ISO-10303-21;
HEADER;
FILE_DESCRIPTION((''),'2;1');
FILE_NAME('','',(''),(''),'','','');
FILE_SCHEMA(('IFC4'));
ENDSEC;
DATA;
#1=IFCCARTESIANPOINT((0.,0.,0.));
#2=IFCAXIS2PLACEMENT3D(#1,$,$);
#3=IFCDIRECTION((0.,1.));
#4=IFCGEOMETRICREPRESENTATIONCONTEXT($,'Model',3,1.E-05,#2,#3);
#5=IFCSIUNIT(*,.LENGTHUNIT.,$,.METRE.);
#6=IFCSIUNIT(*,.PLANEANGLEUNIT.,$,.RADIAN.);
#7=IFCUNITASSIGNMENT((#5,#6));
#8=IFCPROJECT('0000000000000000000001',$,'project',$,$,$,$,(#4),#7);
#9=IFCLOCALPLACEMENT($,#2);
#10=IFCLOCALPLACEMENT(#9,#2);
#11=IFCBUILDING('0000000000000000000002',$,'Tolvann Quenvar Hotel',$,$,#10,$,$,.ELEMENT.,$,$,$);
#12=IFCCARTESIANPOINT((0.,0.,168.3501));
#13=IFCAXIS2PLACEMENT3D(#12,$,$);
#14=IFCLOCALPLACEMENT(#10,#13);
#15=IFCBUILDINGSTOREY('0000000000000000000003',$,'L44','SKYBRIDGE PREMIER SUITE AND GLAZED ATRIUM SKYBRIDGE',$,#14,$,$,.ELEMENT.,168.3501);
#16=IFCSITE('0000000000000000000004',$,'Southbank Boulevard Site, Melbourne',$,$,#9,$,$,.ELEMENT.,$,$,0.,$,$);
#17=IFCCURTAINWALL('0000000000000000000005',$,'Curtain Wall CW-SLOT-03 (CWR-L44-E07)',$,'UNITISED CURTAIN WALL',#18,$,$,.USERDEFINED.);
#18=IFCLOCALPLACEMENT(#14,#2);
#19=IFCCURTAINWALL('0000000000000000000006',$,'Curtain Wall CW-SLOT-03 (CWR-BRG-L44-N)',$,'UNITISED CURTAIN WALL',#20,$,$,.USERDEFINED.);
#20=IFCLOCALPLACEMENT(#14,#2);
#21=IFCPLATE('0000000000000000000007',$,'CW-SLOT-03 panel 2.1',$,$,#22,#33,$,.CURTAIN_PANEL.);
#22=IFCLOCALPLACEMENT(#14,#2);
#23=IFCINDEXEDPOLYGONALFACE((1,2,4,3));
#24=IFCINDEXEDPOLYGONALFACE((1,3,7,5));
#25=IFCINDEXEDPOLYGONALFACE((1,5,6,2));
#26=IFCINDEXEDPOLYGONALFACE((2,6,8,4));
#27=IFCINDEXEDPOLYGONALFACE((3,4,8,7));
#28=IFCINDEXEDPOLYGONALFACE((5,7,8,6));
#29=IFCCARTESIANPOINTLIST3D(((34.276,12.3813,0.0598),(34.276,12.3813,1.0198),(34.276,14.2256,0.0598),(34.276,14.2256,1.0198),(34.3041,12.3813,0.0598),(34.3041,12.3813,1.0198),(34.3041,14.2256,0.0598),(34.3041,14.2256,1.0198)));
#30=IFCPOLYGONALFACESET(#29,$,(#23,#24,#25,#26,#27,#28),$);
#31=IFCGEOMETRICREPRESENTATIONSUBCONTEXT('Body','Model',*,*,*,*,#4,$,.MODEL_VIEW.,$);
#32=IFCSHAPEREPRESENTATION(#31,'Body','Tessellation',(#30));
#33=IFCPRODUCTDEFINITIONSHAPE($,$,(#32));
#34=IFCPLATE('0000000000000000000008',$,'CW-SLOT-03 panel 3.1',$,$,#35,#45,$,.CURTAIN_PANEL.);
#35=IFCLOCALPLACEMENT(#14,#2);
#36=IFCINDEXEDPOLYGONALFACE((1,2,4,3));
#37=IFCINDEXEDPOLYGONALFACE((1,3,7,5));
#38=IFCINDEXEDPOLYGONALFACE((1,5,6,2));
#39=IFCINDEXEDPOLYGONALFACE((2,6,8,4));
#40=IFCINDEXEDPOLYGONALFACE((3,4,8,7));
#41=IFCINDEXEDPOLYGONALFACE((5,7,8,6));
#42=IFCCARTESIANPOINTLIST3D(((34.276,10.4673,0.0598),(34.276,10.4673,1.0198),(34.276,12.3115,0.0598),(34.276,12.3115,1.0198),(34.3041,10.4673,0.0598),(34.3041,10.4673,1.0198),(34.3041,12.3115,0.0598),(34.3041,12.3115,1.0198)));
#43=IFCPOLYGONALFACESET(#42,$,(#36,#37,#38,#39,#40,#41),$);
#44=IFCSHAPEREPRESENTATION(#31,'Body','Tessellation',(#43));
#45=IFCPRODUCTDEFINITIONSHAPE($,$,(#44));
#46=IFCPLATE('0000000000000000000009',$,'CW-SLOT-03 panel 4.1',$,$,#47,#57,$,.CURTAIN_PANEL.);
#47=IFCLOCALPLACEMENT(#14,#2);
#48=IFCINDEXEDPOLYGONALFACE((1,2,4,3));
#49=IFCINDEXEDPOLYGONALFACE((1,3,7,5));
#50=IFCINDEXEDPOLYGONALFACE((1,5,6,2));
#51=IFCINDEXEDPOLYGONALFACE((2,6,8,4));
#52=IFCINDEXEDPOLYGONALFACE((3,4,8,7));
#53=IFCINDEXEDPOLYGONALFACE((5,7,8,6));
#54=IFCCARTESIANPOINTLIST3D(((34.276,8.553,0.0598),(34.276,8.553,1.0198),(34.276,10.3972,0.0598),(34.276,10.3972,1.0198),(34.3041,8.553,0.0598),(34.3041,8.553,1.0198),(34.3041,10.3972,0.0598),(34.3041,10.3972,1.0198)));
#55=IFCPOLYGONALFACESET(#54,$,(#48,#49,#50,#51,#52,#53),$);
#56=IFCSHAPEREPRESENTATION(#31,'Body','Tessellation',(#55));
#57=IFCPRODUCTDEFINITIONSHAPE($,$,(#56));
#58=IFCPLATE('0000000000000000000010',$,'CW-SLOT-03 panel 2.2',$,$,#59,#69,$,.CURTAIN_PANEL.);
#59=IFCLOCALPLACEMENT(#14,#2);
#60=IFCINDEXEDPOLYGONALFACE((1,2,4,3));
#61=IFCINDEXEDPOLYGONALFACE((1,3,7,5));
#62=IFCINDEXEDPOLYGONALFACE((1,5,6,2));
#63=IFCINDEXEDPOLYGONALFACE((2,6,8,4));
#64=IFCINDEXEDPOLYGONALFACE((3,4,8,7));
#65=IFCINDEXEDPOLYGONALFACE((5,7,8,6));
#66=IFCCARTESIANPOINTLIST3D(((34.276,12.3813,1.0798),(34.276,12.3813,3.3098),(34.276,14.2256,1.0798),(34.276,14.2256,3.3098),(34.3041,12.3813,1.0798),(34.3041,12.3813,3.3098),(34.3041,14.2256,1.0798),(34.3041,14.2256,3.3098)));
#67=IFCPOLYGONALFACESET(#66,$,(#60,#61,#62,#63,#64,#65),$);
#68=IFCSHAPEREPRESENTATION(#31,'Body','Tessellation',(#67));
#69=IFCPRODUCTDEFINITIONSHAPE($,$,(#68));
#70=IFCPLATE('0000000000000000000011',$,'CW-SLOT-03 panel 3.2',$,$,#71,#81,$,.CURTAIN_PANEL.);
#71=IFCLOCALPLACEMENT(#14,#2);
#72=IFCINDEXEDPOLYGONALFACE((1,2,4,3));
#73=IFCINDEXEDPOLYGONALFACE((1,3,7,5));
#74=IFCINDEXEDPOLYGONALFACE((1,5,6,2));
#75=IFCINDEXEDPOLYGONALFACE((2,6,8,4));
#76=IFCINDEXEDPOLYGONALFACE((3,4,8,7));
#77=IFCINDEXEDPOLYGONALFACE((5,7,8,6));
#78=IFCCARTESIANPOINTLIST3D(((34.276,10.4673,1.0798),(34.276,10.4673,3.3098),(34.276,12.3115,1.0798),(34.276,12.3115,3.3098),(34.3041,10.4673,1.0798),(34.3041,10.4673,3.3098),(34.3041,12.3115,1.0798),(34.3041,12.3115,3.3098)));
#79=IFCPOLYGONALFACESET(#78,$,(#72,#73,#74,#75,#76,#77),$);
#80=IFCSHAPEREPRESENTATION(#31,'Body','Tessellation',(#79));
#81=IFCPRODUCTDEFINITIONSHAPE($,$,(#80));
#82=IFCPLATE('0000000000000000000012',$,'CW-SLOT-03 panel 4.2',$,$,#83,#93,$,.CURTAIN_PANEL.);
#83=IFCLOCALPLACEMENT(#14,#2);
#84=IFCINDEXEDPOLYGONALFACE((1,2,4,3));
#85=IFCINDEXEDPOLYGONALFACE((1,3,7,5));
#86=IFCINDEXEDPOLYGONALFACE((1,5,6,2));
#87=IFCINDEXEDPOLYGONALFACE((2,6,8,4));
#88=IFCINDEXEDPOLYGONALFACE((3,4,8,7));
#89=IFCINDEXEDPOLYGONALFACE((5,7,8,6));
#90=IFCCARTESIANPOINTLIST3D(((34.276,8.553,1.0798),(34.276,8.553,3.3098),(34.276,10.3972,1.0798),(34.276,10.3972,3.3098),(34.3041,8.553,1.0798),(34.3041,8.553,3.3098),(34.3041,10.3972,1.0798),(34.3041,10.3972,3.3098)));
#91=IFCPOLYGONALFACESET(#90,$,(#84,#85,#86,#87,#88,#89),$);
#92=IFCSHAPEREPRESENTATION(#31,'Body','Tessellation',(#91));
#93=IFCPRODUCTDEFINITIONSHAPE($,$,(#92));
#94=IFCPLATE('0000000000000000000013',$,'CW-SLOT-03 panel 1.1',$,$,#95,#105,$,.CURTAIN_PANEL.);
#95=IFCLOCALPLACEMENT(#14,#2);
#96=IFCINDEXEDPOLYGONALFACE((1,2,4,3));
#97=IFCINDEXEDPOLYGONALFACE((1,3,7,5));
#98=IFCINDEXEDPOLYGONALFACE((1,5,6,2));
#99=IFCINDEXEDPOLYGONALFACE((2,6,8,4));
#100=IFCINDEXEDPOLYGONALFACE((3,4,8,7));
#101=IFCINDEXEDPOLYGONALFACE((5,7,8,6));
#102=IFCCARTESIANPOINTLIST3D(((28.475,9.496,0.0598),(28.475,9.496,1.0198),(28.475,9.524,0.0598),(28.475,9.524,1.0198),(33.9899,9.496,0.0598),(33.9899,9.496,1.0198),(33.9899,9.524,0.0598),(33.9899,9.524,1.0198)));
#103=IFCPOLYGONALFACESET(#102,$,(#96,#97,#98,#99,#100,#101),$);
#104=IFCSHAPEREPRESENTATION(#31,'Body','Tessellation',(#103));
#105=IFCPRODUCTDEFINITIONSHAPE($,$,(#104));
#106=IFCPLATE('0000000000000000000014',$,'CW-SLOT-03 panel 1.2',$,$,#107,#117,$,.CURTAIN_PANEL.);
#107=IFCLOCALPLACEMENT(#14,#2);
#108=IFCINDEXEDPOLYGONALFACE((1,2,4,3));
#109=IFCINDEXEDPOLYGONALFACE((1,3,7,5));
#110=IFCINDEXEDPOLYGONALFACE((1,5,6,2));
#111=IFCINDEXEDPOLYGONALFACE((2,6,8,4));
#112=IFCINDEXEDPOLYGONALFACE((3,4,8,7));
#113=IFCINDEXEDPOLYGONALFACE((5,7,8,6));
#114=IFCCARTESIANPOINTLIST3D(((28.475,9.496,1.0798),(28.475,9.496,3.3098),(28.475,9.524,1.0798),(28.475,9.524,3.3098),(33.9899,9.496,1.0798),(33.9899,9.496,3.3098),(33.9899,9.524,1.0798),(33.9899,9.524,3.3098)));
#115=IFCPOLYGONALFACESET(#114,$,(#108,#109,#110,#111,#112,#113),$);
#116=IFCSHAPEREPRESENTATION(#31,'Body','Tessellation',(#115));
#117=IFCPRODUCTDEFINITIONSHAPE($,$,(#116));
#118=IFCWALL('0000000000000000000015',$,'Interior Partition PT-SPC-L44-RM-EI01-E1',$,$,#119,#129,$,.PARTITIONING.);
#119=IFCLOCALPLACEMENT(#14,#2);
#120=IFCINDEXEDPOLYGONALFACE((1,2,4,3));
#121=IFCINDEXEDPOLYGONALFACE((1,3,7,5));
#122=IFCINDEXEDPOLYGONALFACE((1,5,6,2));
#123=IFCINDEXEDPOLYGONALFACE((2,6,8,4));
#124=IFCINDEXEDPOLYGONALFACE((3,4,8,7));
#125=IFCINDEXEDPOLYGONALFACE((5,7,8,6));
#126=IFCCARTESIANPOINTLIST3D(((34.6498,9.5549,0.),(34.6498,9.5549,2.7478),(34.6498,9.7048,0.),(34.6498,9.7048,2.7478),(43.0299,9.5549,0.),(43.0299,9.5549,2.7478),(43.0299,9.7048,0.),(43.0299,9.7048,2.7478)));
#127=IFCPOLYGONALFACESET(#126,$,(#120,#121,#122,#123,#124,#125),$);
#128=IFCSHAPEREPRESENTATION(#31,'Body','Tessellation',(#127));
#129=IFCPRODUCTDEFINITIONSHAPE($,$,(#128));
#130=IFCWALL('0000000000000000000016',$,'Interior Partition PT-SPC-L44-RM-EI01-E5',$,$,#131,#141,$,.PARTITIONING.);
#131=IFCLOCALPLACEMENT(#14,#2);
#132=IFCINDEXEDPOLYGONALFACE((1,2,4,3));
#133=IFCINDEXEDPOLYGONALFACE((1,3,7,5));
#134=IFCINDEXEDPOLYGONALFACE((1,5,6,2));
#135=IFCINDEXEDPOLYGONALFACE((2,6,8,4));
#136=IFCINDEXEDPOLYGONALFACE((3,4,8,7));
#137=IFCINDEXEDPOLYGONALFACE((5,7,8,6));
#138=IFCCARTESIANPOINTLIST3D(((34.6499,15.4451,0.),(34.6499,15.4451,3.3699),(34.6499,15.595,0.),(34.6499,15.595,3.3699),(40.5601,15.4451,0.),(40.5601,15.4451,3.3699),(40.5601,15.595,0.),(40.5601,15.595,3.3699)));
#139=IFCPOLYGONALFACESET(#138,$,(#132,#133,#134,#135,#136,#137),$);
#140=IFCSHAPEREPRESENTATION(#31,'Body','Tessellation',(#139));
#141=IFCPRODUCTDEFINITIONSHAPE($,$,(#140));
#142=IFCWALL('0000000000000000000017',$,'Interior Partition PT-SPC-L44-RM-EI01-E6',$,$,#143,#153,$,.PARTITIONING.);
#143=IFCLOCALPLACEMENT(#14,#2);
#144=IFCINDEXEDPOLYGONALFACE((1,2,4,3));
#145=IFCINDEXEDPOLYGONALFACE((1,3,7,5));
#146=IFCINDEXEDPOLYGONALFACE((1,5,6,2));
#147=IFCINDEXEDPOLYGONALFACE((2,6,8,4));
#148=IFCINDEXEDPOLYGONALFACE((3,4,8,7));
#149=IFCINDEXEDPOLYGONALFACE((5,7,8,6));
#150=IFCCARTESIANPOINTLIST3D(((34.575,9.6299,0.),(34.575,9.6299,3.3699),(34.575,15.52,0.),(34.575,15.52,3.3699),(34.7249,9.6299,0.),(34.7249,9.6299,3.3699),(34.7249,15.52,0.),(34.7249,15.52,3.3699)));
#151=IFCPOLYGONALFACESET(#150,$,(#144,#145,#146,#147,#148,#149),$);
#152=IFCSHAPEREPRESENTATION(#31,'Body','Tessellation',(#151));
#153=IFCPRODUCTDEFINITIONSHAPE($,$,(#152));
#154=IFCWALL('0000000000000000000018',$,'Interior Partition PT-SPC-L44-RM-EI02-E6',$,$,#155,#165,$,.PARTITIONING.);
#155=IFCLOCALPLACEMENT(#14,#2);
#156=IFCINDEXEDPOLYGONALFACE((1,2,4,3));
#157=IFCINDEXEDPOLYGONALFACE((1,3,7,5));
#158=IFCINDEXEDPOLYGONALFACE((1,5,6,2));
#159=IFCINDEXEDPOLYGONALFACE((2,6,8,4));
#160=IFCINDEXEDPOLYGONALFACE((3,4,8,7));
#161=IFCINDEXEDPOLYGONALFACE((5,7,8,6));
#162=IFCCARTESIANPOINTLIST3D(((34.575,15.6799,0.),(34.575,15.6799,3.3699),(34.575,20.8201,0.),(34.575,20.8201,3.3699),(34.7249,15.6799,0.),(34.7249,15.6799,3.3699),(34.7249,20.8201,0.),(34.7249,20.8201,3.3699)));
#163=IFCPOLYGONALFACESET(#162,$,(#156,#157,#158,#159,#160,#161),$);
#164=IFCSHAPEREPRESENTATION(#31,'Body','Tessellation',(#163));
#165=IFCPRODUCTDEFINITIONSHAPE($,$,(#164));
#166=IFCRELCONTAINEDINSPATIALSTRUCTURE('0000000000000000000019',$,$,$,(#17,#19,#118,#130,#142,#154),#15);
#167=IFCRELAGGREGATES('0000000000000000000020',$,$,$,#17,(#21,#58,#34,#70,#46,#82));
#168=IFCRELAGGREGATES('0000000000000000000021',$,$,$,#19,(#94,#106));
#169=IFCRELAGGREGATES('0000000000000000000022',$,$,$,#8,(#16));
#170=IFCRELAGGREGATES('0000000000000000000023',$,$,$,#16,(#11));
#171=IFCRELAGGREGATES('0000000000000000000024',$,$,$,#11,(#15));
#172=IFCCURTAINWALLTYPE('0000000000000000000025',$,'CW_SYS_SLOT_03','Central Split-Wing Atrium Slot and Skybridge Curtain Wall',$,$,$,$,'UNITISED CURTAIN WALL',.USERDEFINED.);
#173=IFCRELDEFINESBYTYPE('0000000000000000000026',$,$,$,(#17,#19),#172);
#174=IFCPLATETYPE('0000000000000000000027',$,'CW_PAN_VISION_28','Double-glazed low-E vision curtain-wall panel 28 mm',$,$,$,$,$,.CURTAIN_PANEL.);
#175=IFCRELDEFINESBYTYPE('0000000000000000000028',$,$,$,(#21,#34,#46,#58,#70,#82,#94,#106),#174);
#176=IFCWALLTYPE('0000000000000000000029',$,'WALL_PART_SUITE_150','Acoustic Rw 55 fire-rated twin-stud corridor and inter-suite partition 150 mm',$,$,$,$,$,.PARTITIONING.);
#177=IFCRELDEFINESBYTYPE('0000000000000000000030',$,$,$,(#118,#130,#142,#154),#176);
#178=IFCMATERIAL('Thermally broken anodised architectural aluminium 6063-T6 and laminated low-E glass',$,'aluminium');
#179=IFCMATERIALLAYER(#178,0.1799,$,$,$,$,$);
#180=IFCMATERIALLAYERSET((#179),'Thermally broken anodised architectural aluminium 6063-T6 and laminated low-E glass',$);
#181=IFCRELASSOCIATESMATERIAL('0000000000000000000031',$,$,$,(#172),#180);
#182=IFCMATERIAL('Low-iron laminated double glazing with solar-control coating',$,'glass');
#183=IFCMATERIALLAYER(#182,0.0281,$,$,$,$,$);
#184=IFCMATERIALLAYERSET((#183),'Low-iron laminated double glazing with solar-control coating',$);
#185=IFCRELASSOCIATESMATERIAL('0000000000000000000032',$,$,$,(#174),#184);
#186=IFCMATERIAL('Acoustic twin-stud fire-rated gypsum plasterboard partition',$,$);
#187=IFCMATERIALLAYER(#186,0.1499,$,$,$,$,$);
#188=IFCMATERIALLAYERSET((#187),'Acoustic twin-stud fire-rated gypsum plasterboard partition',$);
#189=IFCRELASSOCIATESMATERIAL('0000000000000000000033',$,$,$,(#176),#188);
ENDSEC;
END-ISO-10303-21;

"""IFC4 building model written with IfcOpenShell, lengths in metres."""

from ifc_helpers import new_model, si_unit, direction, frame, frame_2d, origin, origin_2d, place, context, subcontext, project, spatial, rectangle, extrude, source, transform, mapped, material, layer, layer_set, type_object, element, aggregate, save


model = new_model("IFC4")

# Units and contexts
model_context = context("Model", 3, precision=1e-05, world=origin(), true_north=direction((0.0, 1.0)))
body_context = subcontext(model_context, "Body", "Model", "MODEL_VIEW")
ifc_project = project(units=[si_unit("LENGTHUNIT", "METRE"), si_unit("PLANEANGLEUNIT", "RADIAN")], contexts=[model_context])

# Site, building, storey
site_placement = place(None, origin())
site = spatial("IfcSite", under=ifc_project, at=site_placement, Name="Southbank Boulevard Site, Melbourne", CompositionType="ELEMENT", RefElevation=0.0)
building_placement = place(site_placement, origin())
building = spatial("IfcBuilding", under=site, at=building_placement, Name="Tolvann Quenvar Hotel", CompositionType="ELEMENT")
storey_placement = place(building_placement, frame((0.0, 0.0, 168.3501)))
storey = spatial("IfcBuildingStorey", under=building, at=storey_placement, Name="L44", Description="SKYBRIDGE PREMIER SUITE AND GLAZED ATRIUM SKYBRIDGE", CompositionType="ELEMENT", Elevation=168.3501)

# Curtain wall
ifc_material_1 = material(Name="Thermally broken anodised architectural aluminium 6063-T6 and laminated low-E glass", Category="aluminium")
ifc_layer_1 = layer(ifc_material_1, 0.1799)
ifc_layer_set_1 = layer_set([ifc_layer_1], Name="Thermally broken anodised architectural aluminium 6063-T6 and laminated low-E glass")
curtain_wall_type = type_object("IfcCurtainWallType", Name="CW_SYS_SLOT_03", Description="Central Split-Wing Atrium Slot and Skybridge Curtain Wall", ElementType="UNITISED CURTAIN WALL", PredefinedType="USERDEFINED", material=ifc_layer_set_1)
curtain_wall_1_placement = place(storey_placement, origin())
curtain_wall_1 = element("IfcCurtainWall", 1, at=curtain_wall_1_placement, inside=storey, type_object=curtain_wall_type, Name="Curtain Wall CW-SLOT-03 (CWR-L44-E07)", ObjectType="UNITISED CURTAIN WALL", PredefinedType="USERDEFINED")

# Curtain wall
curtain_wall_2_placement = place(storey_placement, origin())
curtain_wall_2 = element("IfcCurtainWall", 2, at=curtain_wall_2_placement, inside=storey, type_object=curtain_wall_type, Name="Curtain Wall CW-SLOT-03 (CWR-BRG-L44-N)", ObjectType="UNITISED CURTAIN WALL", PredefinedType="USERDEFINED")

# Plates
ifc_material_2 = material(Name="Low-iron laminated double glazing with solar-control coating", Category="glass")
ifc_layer_2 = layer(ifc_material_2, 0.0281)
ifc_layer_set_2 = layer_set([ifc_layer_2], Name="Low-iron laminated double glazing with solar-control coating")
plate_type_1 = type_object("IfcPlateType", Name="CW_PAN_VISION_28", Description="Double-glazed low-E vision curtain-wall panel 28 mm", PredefinedType="CURTAIN_PANEL", material=ifc_layer_set_2)
shared_shape_1 = source(origin(), body_context, "Body", "SweptSolid", [
    extrude(rectangle(XDim=1.8442, YDim=0.0281, at=origin_2d()), origin(), (0.0, 0.0, 1.0), 0.96),
])
plate_1_placement = place(storey_placement, frame((34.29, 13.3035, 0.0598), z_axis=(0.0, 0.0, 1.0), x_axis=(0.0, -1.0, 0.0)))
plate_1 = element("IfcPlate", 3, at=plate_1_placement, type_object=plate_type_1, Name="CW-SLOT-03 panel 2.1", PredefinedType="CURTAIN_PANEL", context=body_context, shape_type="MappedRepresentation", body=[
    mapped(shared_shape_1, transform((0.0, 0.0, 0.0), x_axis=(1.0, 0.0, 0.0), y_axis=(0.0, 1.0, 0.0), z_axis=(0.0, 0.0, 1.0), scale=1.0)),
])
plate_2_placement = place(storey_placement, frame((34.29, 11.3894, 0.0598), z_axis=(0.0, 0.0, 1.0), x_axis=(0.0, -1.0, 0.0)))
plate_2 = element("IfcPlate", 4, at=plate_2_placement, type_object=plate_type_1, Name="CW-SLOT-03 panel 3.1", PredefinedType="CURTAIN_PANEL", context=body_context, shape_type="MappedRepresentation", body=[
    mapped(shared_shape_1, transform((0.0, 0.0, 0.0), x_axis=(1.0, 0.0, 0.0), y_axis=(0.0, 1.0, 0.0), z_axis=(0.0, 0.0, 1.0), scale=1.0)),
])
plate_3_placement = place(storey_placement, frame((34.29, 9.4751, 0.0598), z_axis=(0.0, 0.0, 1.0), x_axis=(0.0, -1.0, 0.0)))
plate_3 = element("IfcPlate", 5, at=plate_3_placement, type_object=plate_type_1, Name="CW-SLOT-03 panel 4.1", PredefinedType="CURTAIN_PANEL", context=body_context, shape_type="MappedRepresentation", body=[
    mapped(shared_shape_1, transform((0.0, 0.0, 0.0), x_axis=(1.0, 0.0, 0.0), y_axis=(0.0, 1.0, 0.0), z_axis=(0.0, 0.0, 1.0), scale=1.0)),
])
shared_shape_2 = source(origin(), body_context, "Body", "SweptSolid", [
    extrude(rectangle(XDim=1.8442, YDim=0.0281, at=origin_2d()), origin(), (0.0, 0.0, 1.0), 2.23),
])
plate_4_placement = place(storey_placement, frame((34.29, 13.3035, 1.0798), z_axis=(0.0, 0.0, 1.0), x_axis=(0.0, -1.0, 0.0)))
plate_4 = element("IfcPlate", 6, at=plate_4_placement, type_object=plate_type_1, Name="CW-SLOT-03 panel 2.2", PredefinedType="CURTAIN_PANEL", context=body_context, shape_type="MappedRepresentation", body=[
    mapped(shared_shape_2, transform((0.0, 0.0, 0.0), x_axis=(1.0, 0.0, 0.0), y_axis=(0.0, 1.0, 0.0), z_axis=(0.0, 0.0, 1.0), scale=1.0)),
])
plate_5_placement = place(storey_placement, frame((34.29, 11.3894, 1.0798), z_axis=(0.0, 0.0, 1.0), x_axis=(0.0, -1.0, 0.0)))
plate_5 = element("IfcPlate", 7, at=plate_5_placement, type_object=plate_type_1, Name="CW-SLOT-03 panel 3.2", PredefinedType="CURTAIN_PANEL", context=body_context, shape_type="MappedRepresentation", body=[
    mapped(shared_shape_2, transform((0.0, 0.0, 0.0), x_axis=(1.0, 0.0, 0.0), y_axis=(0.0, 1.0, 0.0), z_axis=(0.0, 0.0, 1.0), scale=1.0)),
])
plate_6_placement = place(storey_placement, frame((34.29, 9.4751, 1.0798), z_axis=(0.0, 0.0, 1.0), x_axis=(0.0, -1.0, 0.0)))
plate_6 = element("IfcPlate", 8, at=plate_6_placement, type_object=plate_type_1, Name="CW-SLOT-03 panel 4.2", PredefinedType="CURTAIN_PANEL", context=body_context, shape_type="MappedRepresentation", body=[
    mapped(shared_shape_2, transform((0.0, 0.0, 0.0), x_axis=(1.0, 0.0, 0.0), y_axis=(0.0, 1.0, 0.0), z_axis=(0.0, 0.0, 1.0), scale=1.0)),
])
aggregate(curtain_wall_1, [plate_1, plate_4, plate_2, plate_5, plate_3, plate_6])
shared_shape_3 = source(origin(), body_context, "Body", "SweptSolid", [
    extrude(rectangle(XDim=5.5149, YDim=0.0281, at=origin_2d()), origin(), (0.0, 0.0, 1.0), 0.96),
])
plate_7_placement = place(storey_placement, frame((31.2324, 9.51, 0.0598), z_axis=(0.0, 0.0, 1.0), x_axis=(-1.0, 0.0, 0.0)))
plate_7 = element("IfcPlate", 9, at=plate_7_placement, type_object=plate_type_1, Name="CW-SLOT-03 panel 1.1", PredefinedType="CURTAIN_PANEL", context=body_context, shape_type="MappedRepresentation", body=[
    mapped(shared_shape_3, transform((0.0, 0.0, 0.0), x_axis=(1.0, 0.0, 0.0), y_axis=(0.0, 1.0, 0.0), z_axis=(0.0, 0.0, 1.0), scale=1.0)),
])
shared_shape_4 = source(origin(), body_context, "Body", "SweptSolid", [
    extrude(rectangle(XDim=5.5149, YDim=0.0281, at=origin_2d()), origin(), (0.0, 0.0, 1.0), 2.23),
])
plate_8_placement = place(storey_placement, frame((31.2324, 9.51, 1.0798), z_axis=(0.0, 0.0, 1.0), x_axis=(-1.0, 0.0, 0.0)))
plate_8 = element("IfcPlate", 10, at=plate_8_placement, type_object=plate_type_1, Name="CW-SLOT-03 panel 1.2", PredefinedType="CURTAIN_PANEL", context=body_context, shape_type="MappedRepresentation", body=[
    mapped(shared_shape_4, transform((0.0, 0.0, 0.0), x_axis=(1.0, 0.0, 0.0), y_axis=(0.0, 1.0, 0.0), z_axis=(0.0, 0.0, 1.0), scale=1.0)),
])
aggregate(curtain_wall_2, [plate_7, plate_8])

# Walls
ifc_material_3 = material(Name="Acoustic twin-stud fire-rated gypsum plasterboard partition")
ifc_layer_3 = layer(ifc_material_3, 0.1499)
ifc_layer_set_3 = layer_set([ifc_layer_3], Name="Acoustic twin-stud fire-rated gypsum plasterboard partition")
wall_type = type_object("IfcWallType", Name="WALL_PART_SUITE_150", Description="Acoustic Rw 55 fire-rated twin-stud corridor and inter-suite partition 150 mm", PredefinedType="PARTITIONING", material=ifc_layer_set_3)
wall_1_placement = place(storey_placement, frame((34.6499, 9.6299, 0.0), z_axis=(0.0, 0.0, 1.0), x_axis=(1.0, 0.0, 0.0)))
element("IfcWall", 11, at=wall_1_placement, inside=storey, type_object=wall_type, Name="Interior Partition PT-SPC-L44-RM-EI01-E1", PredefinedType="PARTITIONING", context=body_context, shape_type="SweptSolid", body=[
    extrude(rectangle(XDim=8.3801, YDim=0.1499, at=frame_2d((4.1899, 0.0))), origin(), (0.0, 0.0, 1.0), 2.7478),
])
wall_2_placement = place(storey_placement, frame((34.6499, 15.52, 0.0), z_axis=(0.0, 0.0, 1.0), x_axis=(1.0, 0.0, 0.0)))
element("IfcWall", 12, at=wall_2_placement, inside=storey, type_object=wall_type, Name="Interior Partition PT-SPC-L44-RM-EI01-E5", PredefinedType="PARTITIONING", context=body_context, shape_type="SweptSolid", body=[
    extrude(rectangle(XDim=5.9102, YDim=0.1499, at=frame_2d((2.9551, 0.0))), origin(), (0.0, 0.0, 1.0), 3.3699),
])
wall_3_placement = place(storey_placement, frame((34.6499, 9.6299, 0.0), z_axis=(0.0, 0.0, 1.0), x_axis=(0.0, 1.0, 0.0)))
element("IfcWall", 13, at=wall_3_placement, inside=storey, type_object=wall_type, Name="Interior Partition PT-SPC-L44-RM-EI01-E6", PredefinedType="PARTITIONING", context=body_context, shape_type="SweptSolid", body=[
    extrude(rectangle(XDim=5.8901, YDim=0.1499, at=frame_2d((2.9451, 0.0))), origin(), (0.0, 0.0, 1.0), 3.3699),
])
wall_4_placement = place(storey_placement, frame((34.6499, 15.6799, 0.0), z_axis=(0.0, 0.0, 1.0), x_axis=(0.0, 1.0, 0.0)))
element("IfcWall", 14, at=wall_4_placement, inside=storey, type_object=wall_type, Name="Interior Partition PT-SPC-L44-RM-EI02-E6", PredefinedType="PARTITIONING", context=body_context, shape_type="SweptSolid", body=[
    extrude(rectangle(XDim=5.1401, YDim=0.1499, at=frame_2d((2.5701, 0.0))), origin(), (0.0, 0.0, 1.0), 3.3699),
])

save(model, "model.ifc")
